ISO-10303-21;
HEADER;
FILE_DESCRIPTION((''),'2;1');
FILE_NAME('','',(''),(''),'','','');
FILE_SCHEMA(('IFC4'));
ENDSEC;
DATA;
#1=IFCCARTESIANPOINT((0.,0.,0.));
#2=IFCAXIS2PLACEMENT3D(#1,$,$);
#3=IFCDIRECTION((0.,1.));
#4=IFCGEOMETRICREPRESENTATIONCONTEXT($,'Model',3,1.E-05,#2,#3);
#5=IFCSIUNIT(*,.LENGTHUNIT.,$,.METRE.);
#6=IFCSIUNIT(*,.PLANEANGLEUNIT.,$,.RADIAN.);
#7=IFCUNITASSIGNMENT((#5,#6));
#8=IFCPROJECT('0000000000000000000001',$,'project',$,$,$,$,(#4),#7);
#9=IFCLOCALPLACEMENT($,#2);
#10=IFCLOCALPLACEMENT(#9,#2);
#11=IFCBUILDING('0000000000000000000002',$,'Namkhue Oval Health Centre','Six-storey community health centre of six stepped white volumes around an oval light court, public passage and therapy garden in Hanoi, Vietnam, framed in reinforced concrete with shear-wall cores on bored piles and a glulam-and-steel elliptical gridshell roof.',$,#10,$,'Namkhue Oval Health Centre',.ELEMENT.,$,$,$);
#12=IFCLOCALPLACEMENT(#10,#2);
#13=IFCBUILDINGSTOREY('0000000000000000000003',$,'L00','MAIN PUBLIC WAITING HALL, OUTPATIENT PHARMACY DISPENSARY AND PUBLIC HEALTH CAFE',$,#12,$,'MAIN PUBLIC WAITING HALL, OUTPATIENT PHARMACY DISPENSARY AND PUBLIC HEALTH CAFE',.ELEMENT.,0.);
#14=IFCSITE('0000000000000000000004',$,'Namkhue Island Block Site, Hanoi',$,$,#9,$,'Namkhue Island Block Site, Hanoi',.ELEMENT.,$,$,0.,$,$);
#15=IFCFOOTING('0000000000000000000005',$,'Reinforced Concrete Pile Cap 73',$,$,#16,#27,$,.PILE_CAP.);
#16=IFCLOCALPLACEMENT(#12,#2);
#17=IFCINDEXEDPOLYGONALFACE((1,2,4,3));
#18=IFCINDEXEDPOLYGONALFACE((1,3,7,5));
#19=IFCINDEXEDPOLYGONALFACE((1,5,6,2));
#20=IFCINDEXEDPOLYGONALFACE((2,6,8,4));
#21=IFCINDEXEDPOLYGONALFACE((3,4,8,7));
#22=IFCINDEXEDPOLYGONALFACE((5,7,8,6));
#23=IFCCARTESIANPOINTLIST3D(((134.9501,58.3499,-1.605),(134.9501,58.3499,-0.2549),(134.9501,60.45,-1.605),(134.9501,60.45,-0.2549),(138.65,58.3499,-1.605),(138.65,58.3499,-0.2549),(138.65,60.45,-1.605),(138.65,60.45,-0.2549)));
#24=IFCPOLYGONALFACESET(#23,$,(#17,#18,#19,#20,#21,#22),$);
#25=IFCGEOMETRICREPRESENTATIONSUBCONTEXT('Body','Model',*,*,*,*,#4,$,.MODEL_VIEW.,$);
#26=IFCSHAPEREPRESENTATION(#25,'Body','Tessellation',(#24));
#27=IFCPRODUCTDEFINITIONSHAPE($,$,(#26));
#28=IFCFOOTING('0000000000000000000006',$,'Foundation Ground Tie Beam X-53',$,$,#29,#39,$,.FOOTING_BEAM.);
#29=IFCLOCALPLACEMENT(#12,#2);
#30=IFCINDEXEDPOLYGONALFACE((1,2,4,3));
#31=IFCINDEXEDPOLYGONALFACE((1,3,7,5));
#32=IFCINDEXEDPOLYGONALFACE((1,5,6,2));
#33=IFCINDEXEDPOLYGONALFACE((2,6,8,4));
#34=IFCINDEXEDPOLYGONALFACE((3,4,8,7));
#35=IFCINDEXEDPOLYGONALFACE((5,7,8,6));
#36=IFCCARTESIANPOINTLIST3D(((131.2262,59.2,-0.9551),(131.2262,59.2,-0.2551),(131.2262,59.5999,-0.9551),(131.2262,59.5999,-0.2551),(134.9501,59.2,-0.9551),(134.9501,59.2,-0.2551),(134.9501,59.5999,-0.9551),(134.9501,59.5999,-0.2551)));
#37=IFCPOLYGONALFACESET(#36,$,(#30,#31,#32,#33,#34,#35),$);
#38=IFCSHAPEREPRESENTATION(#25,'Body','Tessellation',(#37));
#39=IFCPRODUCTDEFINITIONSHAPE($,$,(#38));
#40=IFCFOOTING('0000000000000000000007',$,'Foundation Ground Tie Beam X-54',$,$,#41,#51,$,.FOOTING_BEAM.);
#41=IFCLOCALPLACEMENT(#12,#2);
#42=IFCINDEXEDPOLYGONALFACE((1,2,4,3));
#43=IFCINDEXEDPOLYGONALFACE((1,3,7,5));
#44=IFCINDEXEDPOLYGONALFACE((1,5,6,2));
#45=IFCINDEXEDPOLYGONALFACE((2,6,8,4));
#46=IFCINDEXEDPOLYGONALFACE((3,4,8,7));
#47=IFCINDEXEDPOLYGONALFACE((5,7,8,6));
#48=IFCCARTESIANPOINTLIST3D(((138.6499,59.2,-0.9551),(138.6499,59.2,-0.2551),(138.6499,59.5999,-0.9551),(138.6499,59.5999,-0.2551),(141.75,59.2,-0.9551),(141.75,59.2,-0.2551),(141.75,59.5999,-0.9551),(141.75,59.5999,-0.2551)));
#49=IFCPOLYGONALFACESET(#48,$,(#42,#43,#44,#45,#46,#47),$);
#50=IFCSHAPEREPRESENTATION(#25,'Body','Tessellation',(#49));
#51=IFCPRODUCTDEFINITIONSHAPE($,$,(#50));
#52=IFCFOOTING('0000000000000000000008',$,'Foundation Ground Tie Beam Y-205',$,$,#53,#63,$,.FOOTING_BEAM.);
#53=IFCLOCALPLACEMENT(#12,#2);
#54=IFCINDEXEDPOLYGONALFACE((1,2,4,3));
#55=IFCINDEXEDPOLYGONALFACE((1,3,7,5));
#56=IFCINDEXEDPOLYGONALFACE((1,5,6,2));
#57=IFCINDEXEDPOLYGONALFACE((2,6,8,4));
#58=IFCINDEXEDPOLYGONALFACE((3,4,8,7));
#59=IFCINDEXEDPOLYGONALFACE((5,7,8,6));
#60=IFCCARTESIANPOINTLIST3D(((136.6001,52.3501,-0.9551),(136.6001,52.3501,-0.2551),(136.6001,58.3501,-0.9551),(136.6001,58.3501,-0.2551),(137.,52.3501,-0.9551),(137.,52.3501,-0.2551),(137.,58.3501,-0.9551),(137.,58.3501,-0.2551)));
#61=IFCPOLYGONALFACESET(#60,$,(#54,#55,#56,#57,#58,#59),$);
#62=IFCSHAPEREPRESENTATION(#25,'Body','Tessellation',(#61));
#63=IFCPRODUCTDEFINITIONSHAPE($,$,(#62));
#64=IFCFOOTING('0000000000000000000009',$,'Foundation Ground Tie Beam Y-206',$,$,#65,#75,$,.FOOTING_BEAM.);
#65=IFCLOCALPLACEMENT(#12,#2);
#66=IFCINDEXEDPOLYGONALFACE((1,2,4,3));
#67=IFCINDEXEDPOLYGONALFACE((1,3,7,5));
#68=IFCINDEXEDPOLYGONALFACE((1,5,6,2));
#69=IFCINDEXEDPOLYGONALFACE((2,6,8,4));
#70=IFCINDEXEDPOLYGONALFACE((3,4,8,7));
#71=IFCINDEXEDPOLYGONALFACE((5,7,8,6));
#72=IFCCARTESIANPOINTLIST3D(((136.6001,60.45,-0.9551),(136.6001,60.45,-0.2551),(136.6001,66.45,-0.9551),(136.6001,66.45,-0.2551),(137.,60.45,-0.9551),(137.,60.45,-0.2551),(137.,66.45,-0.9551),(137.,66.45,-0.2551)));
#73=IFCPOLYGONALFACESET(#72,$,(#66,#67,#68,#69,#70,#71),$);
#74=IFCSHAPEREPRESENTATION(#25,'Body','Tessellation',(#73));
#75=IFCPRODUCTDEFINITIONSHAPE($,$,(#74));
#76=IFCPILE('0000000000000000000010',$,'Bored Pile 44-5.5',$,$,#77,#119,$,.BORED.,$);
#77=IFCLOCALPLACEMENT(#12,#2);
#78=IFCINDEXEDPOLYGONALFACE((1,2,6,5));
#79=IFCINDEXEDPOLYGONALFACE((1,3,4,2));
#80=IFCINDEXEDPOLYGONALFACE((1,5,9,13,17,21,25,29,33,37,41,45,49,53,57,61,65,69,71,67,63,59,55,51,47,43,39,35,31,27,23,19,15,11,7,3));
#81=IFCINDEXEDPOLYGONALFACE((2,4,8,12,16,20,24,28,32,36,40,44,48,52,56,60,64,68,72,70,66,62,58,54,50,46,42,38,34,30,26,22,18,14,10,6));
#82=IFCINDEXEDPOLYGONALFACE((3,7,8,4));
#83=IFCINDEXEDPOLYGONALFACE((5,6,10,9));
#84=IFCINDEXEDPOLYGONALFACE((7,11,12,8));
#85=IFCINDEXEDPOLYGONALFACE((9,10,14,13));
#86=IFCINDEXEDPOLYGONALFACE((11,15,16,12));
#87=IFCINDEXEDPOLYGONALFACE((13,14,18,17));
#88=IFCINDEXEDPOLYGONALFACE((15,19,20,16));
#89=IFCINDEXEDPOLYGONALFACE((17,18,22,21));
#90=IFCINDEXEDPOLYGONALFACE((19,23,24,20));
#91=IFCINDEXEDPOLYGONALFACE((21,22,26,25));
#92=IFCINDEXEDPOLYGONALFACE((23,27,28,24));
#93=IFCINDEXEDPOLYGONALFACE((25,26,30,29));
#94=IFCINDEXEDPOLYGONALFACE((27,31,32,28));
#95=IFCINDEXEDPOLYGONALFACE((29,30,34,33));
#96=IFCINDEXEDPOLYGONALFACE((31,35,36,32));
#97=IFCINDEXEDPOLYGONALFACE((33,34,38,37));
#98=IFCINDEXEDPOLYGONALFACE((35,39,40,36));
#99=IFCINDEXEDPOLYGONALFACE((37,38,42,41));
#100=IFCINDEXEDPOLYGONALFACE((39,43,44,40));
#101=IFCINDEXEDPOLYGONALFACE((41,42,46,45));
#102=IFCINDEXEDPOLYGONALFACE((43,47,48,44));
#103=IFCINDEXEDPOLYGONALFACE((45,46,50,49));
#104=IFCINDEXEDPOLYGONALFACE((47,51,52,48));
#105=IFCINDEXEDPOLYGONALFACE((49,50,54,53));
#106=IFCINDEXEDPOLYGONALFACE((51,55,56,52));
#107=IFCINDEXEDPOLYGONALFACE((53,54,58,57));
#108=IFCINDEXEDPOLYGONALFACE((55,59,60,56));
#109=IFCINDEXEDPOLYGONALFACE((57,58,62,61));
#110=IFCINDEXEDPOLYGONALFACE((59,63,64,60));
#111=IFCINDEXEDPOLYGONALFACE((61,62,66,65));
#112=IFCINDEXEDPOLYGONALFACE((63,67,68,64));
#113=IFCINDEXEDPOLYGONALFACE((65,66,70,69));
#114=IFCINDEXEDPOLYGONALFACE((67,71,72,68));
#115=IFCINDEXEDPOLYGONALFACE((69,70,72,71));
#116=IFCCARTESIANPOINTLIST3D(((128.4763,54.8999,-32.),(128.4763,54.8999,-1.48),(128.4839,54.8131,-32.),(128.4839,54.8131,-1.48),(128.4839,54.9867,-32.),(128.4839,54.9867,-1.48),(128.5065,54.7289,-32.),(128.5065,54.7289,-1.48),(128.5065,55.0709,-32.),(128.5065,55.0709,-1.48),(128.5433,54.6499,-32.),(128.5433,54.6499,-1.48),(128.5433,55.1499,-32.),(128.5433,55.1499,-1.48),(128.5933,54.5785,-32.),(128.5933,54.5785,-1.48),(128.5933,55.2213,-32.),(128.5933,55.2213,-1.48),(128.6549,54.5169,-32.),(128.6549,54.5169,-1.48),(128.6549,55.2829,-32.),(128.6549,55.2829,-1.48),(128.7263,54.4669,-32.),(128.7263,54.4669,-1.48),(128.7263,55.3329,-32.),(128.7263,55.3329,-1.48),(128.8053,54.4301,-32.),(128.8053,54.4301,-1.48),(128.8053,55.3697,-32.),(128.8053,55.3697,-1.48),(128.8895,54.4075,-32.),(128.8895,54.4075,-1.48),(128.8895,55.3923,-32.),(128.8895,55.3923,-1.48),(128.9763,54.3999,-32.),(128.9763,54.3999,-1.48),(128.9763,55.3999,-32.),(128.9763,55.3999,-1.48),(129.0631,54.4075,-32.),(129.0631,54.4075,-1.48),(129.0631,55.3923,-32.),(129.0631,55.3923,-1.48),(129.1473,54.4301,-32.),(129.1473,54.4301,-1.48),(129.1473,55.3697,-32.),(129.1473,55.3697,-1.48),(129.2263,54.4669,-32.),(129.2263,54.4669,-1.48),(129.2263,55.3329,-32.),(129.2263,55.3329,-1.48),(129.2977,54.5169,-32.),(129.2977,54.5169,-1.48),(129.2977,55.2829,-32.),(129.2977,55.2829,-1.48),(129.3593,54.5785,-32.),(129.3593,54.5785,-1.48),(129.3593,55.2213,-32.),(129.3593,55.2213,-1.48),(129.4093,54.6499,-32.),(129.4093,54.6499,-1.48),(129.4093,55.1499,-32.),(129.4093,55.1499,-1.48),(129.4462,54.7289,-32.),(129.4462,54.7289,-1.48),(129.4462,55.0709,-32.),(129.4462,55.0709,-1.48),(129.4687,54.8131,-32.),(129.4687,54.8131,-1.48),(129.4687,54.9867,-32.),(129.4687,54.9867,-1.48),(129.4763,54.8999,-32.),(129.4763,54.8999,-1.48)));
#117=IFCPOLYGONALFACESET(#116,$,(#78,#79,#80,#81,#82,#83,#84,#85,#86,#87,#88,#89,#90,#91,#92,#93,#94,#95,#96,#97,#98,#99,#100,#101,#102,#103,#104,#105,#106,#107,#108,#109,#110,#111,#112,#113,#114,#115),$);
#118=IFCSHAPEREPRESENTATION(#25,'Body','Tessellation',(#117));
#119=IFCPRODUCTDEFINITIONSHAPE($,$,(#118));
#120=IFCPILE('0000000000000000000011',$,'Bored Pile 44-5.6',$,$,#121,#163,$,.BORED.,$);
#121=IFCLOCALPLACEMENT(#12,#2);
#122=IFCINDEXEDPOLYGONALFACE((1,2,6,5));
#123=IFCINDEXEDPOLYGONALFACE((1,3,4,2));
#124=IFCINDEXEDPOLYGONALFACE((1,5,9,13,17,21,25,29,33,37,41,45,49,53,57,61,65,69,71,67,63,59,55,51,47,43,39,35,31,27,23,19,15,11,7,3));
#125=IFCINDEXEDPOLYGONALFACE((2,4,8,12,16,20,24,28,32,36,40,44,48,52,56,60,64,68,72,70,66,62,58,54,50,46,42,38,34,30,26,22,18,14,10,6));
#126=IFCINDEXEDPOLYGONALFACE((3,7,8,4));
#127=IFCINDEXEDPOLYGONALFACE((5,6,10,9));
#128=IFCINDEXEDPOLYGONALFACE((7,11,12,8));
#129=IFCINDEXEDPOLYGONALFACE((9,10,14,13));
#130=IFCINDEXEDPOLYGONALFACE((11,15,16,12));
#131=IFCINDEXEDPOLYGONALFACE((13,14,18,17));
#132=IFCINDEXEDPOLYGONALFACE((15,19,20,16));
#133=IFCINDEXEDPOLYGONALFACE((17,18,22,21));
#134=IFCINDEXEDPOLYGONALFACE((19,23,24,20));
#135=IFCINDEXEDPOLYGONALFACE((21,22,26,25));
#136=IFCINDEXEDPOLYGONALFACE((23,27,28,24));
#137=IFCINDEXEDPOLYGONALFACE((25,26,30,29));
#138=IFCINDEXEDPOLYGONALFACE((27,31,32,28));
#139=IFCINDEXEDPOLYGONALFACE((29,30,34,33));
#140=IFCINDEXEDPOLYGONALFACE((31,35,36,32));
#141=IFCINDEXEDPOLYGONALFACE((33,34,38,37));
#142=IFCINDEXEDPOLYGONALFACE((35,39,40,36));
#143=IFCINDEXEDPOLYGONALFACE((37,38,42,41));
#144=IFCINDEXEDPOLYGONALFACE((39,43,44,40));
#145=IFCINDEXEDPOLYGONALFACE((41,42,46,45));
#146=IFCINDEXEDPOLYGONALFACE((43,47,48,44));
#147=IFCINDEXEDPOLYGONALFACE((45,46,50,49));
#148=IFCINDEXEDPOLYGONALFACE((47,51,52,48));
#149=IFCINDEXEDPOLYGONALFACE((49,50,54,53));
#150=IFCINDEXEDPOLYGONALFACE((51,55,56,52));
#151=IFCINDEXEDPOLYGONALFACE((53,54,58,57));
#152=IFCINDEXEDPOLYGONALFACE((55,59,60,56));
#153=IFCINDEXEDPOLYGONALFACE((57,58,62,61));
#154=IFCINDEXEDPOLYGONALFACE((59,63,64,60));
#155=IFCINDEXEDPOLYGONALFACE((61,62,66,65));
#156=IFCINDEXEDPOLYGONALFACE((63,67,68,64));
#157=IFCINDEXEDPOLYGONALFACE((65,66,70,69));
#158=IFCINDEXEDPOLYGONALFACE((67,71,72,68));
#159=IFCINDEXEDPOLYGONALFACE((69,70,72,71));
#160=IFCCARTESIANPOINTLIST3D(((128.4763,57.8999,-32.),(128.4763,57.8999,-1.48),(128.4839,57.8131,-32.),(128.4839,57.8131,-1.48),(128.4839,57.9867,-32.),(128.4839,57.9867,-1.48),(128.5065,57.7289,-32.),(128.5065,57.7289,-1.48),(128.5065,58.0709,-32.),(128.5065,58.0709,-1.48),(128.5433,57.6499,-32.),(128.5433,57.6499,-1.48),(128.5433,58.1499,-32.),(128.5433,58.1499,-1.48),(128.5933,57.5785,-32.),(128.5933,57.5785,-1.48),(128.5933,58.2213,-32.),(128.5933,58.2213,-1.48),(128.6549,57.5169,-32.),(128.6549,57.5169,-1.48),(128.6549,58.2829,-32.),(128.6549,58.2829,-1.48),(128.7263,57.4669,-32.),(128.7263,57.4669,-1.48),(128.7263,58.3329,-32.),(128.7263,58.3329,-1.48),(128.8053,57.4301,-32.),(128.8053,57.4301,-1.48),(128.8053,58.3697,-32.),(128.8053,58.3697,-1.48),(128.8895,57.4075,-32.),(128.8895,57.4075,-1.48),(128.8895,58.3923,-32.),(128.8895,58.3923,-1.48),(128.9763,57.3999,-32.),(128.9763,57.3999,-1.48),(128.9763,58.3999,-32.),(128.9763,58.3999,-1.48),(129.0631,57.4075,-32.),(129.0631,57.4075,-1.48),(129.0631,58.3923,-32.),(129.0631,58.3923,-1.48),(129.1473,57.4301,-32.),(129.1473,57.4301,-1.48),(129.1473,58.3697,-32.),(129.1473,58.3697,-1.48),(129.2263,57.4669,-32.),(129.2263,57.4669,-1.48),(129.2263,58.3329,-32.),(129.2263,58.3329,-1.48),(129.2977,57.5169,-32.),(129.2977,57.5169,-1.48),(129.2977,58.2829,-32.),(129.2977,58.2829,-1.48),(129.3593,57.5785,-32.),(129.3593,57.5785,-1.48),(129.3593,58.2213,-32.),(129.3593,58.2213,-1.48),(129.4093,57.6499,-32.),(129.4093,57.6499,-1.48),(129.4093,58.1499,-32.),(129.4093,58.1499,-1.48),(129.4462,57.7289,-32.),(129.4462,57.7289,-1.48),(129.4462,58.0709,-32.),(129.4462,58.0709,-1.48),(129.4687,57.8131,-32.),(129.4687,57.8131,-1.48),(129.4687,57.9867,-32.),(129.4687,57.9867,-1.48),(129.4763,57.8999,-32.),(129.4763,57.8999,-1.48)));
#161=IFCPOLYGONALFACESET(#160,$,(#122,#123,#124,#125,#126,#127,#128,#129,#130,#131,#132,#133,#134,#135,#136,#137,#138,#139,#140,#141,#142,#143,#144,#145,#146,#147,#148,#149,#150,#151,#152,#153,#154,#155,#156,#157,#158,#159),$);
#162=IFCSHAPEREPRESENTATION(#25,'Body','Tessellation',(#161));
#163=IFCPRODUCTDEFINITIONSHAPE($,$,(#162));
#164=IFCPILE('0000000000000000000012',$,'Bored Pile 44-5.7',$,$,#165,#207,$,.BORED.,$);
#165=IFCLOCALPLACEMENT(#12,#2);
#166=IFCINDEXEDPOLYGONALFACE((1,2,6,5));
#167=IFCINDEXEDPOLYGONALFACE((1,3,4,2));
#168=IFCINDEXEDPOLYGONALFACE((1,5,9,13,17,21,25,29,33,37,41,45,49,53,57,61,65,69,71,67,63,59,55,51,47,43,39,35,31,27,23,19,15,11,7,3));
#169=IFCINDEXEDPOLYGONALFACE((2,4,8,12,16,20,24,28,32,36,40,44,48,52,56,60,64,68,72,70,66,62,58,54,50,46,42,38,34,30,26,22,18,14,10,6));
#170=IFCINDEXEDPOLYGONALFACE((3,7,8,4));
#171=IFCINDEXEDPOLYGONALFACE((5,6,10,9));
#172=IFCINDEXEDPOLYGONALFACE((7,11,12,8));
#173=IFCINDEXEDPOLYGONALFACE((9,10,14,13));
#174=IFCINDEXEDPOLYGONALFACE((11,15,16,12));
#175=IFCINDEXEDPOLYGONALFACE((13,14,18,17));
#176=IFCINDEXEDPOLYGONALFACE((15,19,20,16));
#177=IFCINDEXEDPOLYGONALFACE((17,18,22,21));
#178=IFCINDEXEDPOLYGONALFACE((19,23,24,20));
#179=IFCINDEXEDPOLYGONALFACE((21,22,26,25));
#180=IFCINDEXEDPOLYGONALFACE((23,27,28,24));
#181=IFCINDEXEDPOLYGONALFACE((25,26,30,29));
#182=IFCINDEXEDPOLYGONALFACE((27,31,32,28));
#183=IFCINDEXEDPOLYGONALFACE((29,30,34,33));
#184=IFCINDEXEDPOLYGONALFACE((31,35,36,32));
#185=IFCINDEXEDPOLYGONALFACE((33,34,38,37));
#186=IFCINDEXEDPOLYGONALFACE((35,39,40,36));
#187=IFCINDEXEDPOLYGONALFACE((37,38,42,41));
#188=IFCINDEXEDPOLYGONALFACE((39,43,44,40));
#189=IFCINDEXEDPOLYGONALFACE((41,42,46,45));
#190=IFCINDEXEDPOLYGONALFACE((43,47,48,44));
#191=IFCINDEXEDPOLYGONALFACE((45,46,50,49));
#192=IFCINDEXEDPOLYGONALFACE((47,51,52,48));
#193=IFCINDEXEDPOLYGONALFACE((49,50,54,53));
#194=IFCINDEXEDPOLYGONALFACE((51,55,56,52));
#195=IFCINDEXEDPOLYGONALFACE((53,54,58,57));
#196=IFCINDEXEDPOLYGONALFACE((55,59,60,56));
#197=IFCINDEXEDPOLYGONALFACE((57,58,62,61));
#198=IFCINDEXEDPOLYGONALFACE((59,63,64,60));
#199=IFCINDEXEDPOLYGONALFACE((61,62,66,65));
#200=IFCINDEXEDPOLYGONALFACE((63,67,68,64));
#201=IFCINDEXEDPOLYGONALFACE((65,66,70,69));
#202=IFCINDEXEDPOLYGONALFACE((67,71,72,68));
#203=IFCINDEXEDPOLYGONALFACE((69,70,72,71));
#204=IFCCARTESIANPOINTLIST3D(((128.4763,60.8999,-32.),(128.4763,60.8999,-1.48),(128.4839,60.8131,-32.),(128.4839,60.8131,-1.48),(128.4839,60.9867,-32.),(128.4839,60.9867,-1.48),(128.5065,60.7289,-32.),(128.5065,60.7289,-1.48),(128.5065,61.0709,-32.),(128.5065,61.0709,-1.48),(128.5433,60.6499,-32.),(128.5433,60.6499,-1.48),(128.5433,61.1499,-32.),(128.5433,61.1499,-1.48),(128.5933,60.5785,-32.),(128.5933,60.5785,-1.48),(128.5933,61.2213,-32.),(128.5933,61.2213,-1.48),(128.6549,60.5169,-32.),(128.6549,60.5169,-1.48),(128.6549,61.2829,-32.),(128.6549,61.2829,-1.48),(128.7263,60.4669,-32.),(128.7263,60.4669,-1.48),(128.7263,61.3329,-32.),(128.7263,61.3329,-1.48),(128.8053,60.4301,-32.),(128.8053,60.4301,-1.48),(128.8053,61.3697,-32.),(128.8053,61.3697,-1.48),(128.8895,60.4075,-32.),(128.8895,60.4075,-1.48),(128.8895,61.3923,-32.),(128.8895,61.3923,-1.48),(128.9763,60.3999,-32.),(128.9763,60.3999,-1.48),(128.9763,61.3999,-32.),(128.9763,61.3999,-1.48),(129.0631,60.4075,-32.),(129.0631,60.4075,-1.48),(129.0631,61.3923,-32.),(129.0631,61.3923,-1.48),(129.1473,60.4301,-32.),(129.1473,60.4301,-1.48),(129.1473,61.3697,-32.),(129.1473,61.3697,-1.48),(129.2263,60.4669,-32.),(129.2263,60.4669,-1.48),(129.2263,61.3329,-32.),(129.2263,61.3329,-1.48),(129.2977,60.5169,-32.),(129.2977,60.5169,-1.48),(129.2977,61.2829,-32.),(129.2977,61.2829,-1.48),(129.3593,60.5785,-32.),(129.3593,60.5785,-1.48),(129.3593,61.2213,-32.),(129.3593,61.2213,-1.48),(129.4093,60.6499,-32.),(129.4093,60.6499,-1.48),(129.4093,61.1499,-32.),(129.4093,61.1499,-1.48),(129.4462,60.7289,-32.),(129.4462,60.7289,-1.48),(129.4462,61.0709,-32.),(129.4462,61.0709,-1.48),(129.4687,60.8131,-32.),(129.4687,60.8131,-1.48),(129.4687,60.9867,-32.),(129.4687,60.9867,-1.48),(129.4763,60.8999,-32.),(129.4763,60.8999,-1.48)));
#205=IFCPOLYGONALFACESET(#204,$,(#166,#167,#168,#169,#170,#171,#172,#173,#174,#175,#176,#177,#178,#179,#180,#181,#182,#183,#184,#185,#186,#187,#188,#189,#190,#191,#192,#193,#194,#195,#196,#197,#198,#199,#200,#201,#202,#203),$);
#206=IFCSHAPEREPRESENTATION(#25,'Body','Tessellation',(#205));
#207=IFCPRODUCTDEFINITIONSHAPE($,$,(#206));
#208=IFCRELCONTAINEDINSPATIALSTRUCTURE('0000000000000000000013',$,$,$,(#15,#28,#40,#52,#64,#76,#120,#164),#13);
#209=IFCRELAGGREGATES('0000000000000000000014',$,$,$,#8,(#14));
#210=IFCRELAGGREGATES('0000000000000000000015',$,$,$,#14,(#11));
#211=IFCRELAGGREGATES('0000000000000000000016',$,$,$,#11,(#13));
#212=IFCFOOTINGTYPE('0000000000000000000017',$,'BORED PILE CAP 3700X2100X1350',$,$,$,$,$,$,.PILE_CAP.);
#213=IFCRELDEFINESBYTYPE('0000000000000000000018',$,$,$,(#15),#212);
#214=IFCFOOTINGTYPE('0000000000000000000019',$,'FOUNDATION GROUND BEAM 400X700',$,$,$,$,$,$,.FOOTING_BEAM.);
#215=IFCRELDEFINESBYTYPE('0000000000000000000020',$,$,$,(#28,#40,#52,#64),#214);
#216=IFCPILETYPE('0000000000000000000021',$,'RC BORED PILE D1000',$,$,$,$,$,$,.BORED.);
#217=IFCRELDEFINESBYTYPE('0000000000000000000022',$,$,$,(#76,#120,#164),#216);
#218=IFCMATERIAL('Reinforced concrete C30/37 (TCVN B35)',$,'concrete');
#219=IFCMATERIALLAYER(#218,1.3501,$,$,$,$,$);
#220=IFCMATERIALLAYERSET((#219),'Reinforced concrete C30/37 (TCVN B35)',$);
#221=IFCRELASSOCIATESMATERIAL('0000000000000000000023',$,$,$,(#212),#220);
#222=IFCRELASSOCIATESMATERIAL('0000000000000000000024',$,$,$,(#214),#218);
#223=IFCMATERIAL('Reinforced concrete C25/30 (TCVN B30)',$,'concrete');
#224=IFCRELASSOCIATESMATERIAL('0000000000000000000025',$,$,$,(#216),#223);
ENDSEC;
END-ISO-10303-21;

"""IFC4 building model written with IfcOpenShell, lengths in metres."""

from ifc_helpers import new_model, si_unit, direction, frame, origin, origin_2d, place, context, subcontext, project, spatial, rectangle, circle, extrude, material, layer, layer_set, material_profile, profile_set, type_object, element, save


model = new_model("IFC4")

# Units and contexts
model_context = context("Model", 3, precision=1e-05, world=origin(), true_north=direction((0.0, 1.0)))
body_context = subcontext(model_context, "Body", "Model", "MODEL_VIEW")
ifc_project = project(units=[si_unit("LENGTHUNIT", "METRE"), si_unit("PLANEANGLEUNIT", "RADIAN")], contexts=[model_context])

# Site, building, storey
site_placement = place(None, origin())
site = spatial("IfcSite", under=ifc_project, at=site_placement, Name="Namkhue Island Block Site, Hanoi", LongName="Namkhue Island Block Site, Hanoi", CompositionType="ELEMENT", RefElevation=0.0)
building_placement = place(site_placement, origin())
building = spatial("IfcBuilding", under=site, at=building_placement, Name="Namkhue Oval Health Centre", Description="Six-storey community health centre of six stepped white volumes around an oval light court, public passage and therapy garden in Hanoi, Vietnam, framed in reinforced concrete with shear-wall cores on bored piles and a glulam-and-steel elliptical gridshell roof.", LongName="Namkhue Oval Health Centre", CompositionType="ELEMENT")
storey_placement = place(building_placement, origin())
storey = spatial("IfcBuildingStorey", under=building, at=storey_placement, Name="L00", Description="MAIN PUBLIC WAITING HALL, OUTPATIENT PHARMACY DISPENSARY AND PUBLIC HEALTH CAFE", LongName="MAIN PUBLIC WAITING HALL, OUTPATIENT PHARMACY DISPENSARY AND PUBLIC HEALTH CAFE", CompositionType="ELEMENT", Elevation=0.0)

# Footings
ifc_material_1 = material(Name="Reinforced concrete C30/37 (TCVN B35)", Category="concrete")
ifc_layer_1 = layer(ifc_material_1, 1.3501)
ifc_layer_set_1 = layer_set([ifc_layer_1], Name="Reinforced concrete C30/37 (TCVN B35)")
footing_type_1 = type_object("IfcFootingType", Name="BORED PILE CAP 3700X2100X1350", PredefinedType="PILE_CAP", material=ifc_layer_set_1)
footing_1_placement = place(storey_placement, frame((136.8, 59.3999, -1.605), z_axis=(0.0, 0.0, 1.0), x_axis=(1.0, 0.0, 0.0)))
element("IfcFooting", 1, at=footing_1_placement, inside=storey, type_object=footing_type_1, Name="Reinforced Concrete Pile Cap 73", PredefinedType="PILE_CAP", context=body_context, shape_type="SweptSolid", body=[
    extrude(rectangle(XDim=3.7, YDim=2.1001, at=origin_2d()), origin(), (0.0, 0.0, 1.0), 1.3501),
])
footing_type_2 = type_object("IfcFootingType", Name="FOUNDATION GROUND BEAM 400X700", PredefinedType="FOOTING_BEAM", material=ifc_material_1)
footing_2_placement = place(storey_placement, frame((133.0881, 59.3999, -0.9551), z_axis=(0.0, 0.0, 1.0), x_axis=(1.0, 0.0, 0.0)))
element("IfcFooting", 2, at=footing_2_placement, inside=storey, type_object=footing_type_2, Name="Foundation Ground Tie Beam X-53", PredefinedType="FOOTING_BEAM", context=body_context, shape_type="SweptSolid", body=[
    extrude(rectangle(XDim=3.7239, YDim=0.3999, at=origin_2d()), origin(), (0.0, 0.0, 1.0), 0.7),
])
footing_3_placement = place(storey_placement, frame((140.2, 59.3999, -0.9551), z_axis=(0.0, 0.0, 1.0), x_axis=(1.0, 0.0, 0.0)))
element("IfcFooting", 3, at=footing_3_placement, inside=storey, type_object=footing_type_2, Name="Foundation Ground Tie Beam X-54", PredefinedType="FOOTING_BEAM", context=body_context, shape_type="SweptSolid", body=[
    extrude(rectangle(XDim=3.1001, YDim=0.3999, at=origin_2d()), origin(), (0.0, 0.0, 1.0), 0.7),
])
for number, where, z_axis, x_axis, name in (
    (4, (136.8, 55.3501, -0.9551), (0.0, 0.0, 1.0), (0.0, 1.0, 0.0), "Foundation Ground Tie Beam Y-205"),
    (5, (136.8, 63.45, -0.9551), (0.0, 0.0, 1.0), (0.0, 1.0, 0.0), "Foundation Ground Tie Beam Y-206"),
):
    element("IfcFooting", number, at=place(storey_placement, frame(where, z_axis=z_axis, x_axis=x_axis)), inside=storey, type_object=footing_type_2, Name=name, PredefinedType="FOOTING_BEAM", context=body_context, shape_type="SweptSolid", body=[
        extrude(rectangle(XDim=6.0, YDim=0.3999, at=origin_2d()), origin(), (0.0, 0.0, 1.0), 0.7),
    ])

# Piles
ifc_material_2 = material(Name="Reinforced concrete C25/30 (TCVN B30)", Category="concrete")
ifc_material_profile_1 = material_profile(ifc_material_2, circle(Radius=0.5, at=origin_2d()), Name="BORED PILE D1000")
ifc_profile_set_1 = profile_set([ifc_material_profile_1], Name="Reinforced concrete C25/30 (TCVN B30)")
pile_type_1 = type_object("IfcPileType", Name="RC BORED PILE D1000", PredefinedType="BORED", material=ifc_profile_set_1)
for number, where, z_axis, x_axis, name in (
    (6, (128.9763, 54.8999, -1.48), (0.0, 0.0, -1.0), (1.0, 0.0, 0.0), "Bored Pile 44-5.5"),
    (7, (128.9763, 57.8999, -1.48), (0.0, 0.0, -1.0), (1.0, 0.0, 0.0), "Bored Pile 44-5.6"),
    (8, (128.9763, 60.8999, -1.48), (0.0, 0.0, -1.0), (1.0, 0.0, 0.0), "Bored Pile 44-5.7"),
):
    element("IfcPile", number, at=place(storey_placement, frame(where, z_axis=z_axis, x_axis=x_axis)), inside=storey, type_object=pile_type_1, Name=name, PredefinedType="BORED", context=body_context, shape_type="SweptSolid", body=[
        extrude(circle(Radius=0.5, at=origin_2d()), origin(), (0.0, 0.0, 1.0), 30.52),
    ])

save(model, "model.ifc")
